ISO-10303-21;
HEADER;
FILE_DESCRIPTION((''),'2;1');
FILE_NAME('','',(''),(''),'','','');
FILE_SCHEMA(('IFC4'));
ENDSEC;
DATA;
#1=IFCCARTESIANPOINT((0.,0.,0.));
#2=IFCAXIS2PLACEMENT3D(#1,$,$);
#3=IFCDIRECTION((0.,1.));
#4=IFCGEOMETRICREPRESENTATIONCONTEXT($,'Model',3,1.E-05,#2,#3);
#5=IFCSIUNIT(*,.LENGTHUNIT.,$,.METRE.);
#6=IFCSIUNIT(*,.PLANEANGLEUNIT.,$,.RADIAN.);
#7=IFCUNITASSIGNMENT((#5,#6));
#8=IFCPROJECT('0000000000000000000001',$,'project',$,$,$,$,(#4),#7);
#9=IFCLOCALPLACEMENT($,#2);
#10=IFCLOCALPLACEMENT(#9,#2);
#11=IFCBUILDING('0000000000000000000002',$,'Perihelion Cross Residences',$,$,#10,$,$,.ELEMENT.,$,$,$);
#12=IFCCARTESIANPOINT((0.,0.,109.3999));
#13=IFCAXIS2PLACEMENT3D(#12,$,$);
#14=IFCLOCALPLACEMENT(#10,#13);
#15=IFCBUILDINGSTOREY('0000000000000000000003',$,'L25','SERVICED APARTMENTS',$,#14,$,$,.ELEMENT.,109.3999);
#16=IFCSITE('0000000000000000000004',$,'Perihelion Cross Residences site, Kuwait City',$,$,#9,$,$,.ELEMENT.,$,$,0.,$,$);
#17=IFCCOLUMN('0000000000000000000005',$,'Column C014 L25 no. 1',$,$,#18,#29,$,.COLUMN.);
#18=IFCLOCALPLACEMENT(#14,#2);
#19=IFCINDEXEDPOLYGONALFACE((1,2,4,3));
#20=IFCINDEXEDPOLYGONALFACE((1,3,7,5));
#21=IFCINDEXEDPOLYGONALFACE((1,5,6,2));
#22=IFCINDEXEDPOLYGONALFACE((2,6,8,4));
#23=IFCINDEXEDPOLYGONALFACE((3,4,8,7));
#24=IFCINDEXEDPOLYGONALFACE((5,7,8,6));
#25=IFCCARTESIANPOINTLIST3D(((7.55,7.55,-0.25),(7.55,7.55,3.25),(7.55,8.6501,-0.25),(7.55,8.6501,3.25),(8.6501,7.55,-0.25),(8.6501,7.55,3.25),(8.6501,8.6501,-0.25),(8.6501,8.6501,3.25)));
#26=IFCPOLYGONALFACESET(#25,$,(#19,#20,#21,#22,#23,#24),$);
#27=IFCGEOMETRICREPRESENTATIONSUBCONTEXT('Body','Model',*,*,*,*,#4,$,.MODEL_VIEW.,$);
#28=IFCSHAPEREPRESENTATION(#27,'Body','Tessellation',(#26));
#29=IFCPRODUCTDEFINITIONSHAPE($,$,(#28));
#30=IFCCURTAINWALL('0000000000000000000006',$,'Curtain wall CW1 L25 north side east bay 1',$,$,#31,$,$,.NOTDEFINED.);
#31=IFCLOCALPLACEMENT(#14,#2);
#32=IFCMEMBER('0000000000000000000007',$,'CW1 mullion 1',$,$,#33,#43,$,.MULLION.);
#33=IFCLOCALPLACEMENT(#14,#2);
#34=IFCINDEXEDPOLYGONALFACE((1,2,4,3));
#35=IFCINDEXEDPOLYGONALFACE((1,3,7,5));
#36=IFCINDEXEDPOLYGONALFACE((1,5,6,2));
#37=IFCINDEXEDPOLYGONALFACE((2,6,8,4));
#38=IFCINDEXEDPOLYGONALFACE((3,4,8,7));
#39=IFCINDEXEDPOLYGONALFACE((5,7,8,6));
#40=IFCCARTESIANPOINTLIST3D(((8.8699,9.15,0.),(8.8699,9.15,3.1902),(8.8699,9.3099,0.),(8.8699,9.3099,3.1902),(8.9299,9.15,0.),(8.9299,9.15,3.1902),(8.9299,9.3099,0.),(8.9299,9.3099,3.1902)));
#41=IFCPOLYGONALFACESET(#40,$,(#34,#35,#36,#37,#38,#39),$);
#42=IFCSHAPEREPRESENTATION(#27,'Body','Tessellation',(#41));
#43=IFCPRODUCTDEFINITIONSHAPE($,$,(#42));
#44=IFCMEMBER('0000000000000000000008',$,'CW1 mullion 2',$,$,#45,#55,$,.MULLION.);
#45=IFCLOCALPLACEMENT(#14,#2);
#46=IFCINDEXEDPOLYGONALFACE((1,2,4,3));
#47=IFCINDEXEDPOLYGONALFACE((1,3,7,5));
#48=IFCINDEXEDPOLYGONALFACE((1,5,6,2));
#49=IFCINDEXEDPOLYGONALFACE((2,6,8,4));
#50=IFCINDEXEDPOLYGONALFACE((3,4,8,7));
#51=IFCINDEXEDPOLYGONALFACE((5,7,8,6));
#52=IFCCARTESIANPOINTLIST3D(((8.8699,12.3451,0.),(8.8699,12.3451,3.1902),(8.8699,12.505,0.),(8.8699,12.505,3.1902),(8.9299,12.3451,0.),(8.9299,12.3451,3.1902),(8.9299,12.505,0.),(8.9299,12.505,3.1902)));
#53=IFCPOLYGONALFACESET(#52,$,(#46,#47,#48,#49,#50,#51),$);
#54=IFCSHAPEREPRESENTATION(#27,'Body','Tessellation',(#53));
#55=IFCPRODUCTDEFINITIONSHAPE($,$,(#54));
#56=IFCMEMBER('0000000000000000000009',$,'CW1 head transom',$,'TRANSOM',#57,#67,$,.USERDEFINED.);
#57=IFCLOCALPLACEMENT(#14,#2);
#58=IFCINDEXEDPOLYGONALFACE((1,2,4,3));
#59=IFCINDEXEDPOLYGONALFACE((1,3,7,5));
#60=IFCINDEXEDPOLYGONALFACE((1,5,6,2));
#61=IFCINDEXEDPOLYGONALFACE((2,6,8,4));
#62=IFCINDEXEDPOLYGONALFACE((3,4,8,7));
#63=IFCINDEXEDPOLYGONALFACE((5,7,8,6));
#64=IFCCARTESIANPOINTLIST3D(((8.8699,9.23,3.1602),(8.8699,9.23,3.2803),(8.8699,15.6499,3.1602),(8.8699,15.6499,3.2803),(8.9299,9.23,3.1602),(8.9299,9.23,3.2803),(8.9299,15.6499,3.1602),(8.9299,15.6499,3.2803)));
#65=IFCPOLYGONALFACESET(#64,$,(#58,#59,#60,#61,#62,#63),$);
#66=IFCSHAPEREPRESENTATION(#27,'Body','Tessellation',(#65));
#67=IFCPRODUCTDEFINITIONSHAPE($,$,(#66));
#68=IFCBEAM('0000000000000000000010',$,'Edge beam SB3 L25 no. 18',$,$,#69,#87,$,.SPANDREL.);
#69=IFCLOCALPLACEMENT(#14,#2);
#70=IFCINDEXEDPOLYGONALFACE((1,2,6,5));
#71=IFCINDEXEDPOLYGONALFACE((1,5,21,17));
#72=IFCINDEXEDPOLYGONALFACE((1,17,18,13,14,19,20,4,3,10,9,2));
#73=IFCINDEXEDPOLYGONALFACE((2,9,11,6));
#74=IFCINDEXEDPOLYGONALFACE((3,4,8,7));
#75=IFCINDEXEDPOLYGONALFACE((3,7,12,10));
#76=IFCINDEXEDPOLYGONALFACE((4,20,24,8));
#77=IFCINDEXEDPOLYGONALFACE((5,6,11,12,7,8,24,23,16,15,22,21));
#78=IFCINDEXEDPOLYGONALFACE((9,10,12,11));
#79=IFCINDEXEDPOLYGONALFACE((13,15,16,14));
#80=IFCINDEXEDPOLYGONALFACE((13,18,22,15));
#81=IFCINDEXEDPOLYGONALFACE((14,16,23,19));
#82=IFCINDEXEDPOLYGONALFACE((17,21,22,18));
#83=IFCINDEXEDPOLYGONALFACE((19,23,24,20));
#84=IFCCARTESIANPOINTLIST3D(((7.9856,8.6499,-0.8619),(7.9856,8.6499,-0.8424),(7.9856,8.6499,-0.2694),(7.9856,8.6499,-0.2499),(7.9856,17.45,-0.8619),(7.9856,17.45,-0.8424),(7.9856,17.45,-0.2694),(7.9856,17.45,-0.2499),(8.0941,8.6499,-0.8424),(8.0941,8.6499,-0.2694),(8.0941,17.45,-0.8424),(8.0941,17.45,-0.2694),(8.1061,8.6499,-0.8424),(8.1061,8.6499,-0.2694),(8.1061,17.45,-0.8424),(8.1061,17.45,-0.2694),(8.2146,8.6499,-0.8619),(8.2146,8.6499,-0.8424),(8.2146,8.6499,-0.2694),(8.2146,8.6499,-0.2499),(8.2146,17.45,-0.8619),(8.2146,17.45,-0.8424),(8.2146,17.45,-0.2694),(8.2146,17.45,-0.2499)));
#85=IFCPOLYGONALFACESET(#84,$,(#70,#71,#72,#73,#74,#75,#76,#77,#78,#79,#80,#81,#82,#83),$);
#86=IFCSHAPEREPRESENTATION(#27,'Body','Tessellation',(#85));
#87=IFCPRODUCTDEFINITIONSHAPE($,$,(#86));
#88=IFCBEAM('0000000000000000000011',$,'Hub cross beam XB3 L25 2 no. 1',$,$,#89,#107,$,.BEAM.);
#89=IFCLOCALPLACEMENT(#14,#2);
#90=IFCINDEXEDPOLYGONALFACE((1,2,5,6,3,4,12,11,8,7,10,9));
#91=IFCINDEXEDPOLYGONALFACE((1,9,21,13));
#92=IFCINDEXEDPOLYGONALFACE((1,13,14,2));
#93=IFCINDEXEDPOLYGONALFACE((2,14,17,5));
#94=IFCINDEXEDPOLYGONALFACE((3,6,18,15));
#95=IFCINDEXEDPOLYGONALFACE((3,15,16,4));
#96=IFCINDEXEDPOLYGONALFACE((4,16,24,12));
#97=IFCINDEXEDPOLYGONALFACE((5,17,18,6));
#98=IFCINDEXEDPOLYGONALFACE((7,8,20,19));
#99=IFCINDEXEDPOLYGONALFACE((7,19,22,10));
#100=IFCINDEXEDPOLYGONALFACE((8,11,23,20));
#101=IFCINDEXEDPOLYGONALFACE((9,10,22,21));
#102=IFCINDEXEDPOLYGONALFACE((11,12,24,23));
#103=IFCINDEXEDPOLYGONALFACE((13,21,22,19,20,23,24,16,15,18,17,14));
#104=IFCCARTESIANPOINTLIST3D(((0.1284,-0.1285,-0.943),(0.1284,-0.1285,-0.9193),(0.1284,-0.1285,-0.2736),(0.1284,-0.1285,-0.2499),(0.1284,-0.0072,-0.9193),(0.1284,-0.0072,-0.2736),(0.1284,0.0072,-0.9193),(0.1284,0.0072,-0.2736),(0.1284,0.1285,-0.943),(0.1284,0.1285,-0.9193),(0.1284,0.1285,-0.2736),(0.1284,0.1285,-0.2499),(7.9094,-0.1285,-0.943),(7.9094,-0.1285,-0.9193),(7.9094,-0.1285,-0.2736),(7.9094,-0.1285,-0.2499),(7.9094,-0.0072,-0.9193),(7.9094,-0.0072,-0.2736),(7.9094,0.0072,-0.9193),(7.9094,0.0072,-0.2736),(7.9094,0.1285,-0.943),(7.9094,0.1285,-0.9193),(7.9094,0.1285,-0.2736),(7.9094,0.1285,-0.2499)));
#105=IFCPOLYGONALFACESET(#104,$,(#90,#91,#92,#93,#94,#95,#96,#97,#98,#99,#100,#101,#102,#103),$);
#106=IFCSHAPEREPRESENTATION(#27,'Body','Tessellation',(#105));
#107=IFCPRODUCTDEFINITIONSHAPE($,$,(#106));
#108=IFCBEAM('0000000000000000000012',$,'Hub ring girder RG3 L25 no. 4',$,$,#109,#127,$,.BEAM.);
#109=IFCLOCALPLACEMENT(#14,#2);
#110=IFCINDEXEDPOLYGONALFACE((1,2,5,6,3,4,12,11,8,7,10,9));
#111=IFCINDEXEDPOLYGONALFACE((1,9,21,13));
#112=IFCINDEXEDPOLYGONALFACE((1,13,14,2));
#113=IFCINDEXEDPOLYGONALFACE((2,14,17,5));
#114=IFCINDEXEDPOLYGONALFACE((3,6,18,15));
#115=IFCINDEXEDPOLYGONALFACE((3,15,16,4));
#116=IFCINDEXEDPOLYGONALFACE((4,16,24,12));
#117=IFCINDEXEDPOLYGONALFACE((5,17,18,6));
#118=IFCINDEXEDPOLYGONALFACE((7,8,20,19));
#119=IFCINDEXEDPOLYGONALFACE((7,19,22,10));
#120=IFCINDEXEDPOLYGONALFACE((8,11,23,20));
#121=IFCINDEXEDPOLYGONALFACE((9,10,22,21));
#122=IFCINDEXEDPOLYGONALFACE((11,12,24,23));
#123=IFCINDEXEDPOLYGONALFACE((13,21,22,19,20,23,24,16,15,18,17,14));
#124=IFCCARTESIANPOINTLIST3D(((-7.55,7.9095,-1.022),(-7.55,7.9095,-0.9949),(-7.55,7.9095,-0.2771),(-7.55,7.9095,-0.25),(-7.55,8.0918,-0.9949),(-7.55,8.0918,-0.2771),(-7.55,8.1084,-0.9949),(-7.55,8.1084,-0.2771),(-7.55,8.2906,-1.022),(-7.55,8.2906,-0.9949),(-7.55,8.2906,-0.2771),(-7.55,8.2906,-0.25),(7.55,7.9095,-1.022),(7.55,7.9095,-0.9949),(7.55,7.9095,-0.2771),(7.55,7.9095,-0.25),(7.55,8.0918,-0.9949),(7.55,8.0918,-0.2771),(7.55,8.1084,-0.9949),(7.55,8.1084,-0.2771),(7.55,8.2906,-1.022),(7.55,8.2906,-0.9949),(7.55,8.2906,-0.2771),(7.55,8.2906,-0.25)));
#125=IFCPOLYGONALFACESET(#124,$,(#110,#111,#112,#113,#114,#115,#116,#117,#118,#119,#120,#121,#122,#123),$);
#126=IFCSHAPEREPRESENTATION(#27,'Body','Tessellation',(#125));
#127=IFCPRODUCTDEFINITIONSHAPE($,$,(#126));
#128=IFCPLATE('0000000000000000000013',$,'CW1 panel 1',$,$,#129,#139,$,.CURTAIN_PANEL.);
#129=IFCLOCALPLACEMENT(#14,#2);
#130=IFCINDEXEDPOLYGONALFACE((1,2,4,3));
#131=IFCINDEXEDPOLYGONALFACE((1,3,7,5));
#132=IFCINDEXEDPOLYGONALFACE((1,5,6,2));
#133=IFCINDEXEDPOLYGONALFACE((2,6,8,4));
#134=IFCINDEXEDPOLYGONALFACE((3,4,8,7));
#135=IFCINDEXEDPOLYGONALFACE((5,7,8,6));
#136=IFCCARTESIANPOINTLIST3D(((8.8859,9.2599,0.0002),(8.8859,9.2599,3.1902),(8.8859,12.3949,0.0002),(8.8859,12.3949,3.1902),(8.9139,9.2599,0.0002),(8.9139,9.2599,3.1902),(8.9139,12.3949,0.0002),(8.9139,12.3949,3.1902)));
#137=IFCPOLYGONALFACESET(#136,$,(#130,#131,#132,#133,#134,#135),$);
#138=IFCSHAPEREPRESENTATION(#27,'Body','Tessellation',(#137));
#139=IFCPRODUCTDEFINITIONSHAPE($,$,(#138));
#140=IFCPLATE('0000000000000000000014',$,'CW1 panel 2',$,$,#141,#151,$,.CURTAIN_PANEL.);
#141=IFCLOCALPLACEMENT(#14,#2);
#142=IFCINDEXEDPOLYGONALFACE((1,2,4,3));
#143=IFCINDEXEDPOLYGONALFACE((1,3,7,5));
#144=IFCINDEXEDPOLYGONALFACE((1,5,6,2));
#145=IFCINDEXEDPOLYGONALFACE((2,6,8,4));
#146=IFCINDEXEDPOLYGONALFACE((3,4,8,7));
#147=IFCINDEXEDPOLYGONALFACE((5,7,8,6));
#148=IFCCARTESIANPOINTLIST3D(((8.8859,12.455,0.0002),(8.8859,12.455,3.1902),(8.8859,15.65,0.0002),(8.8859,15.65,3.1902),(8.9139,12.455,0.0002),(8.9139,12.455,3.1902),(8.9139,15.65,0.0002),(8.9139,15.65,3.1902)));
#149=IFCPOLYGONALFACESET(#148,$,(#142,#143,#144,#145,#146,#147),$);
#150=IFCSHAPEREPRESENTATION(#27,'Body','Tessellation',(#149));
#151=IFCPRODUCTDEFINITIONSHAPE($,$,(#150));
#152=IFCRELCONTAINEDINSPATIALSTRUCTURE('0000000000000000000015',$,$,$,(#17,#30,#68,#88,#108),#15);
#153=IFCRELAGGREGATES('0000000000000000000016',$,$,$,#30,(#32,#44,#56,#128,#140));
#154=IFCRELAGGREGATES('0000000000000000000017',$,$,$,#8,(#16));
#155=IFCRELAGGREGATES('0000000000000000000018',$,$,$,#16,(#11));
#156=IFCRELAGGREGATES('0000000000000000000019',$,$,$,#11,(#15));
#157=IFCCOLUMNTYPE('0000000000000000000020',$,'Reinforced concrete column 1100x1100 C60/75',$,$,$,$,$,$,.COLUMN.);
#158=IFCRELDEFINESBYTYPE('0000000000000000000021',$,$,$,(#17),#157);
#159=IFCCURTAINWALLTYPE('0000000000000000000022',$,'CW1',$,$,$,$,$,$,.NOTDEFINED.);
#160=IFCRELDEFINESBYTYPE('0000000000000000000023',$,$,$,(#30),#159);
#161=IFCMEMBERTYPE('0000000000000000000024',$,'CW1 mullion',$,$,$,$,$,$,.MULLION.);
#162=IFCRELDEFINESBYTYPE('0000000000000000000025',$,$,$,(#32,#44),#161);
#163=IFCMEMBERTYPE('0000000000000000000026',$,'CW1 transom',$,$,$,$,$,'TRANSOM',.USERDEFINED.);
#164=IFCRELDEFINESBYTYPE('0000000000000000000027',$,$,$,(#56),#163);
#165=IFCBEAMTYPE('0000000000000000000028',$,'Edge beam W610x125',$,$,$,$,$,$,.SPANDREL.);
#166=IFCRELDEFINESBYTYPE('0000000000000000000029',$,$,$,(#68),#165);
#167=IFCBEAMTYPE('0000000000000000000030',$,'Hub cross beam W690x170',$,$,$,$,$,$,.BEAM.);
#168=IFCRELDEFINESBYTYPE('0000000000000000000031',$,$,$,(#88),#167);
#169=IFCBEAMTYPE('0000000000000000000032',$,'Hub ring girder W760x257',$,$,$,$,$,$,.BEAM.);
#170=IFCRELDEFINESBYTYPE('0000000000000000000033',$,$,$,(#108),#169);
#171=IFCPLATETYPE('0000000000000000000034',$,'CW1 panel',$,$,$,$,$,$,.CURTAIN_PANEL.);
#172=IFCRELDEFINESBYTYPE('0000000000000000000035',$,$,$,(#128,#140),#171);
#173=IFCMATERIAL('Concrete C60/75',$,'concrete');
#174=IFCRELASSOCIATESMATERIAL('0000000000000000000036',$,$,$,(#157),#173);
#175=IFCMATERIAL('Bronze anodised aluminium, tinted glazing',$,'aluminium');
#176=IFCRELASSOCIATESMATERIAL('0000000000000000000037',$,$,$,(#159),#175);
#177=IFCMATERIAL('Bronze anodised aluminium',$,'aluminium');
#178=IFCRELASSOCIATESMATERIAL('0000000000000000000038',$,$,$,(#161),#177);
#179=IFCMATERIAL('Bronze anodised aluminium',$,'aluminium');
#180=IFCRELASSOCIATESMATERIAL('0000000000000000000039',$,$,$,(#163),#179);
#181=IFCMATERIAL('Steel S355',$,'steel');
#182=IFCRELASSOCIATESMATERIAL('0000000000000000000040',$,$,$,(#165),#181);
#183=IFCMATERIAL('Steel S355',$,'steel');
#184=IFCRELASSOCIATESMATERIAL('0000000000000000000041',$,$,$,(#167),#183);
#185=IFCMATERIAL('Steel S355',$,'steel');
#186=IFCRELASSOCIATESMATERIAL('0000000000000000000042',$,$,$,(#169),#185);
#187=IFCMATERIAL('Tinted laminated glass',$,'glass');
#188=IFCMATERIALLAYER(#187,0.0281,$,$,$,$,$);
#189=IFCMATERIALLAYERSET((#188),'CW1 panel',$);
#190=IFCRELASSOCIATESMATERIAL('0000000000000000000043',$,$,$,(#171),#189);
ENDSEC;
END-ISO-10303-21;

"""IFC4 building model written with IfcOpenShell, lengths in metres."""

from ifc_helpers import new_model, si_unit, direction, frame, origin, origin_2d, place, context, subcontext, project, spatial, rectangle, i_section, extrude, material, layer, layer_set, material_profile, profile_set, type_object, element, aggregate, save


model = new_model("IFC4")

# Units and contexts
model_context = context("Model", 3, precision=1e-05, world=origin(), true_north=direction((0.0, 1.0)))
body_context = subcontext(model_context, "Body", "Model", "MODEL_VIEW")
ifc_project = project(units=[si_unit("LENGTHUNIT", "METRE"), si_unit("PLANEANGLEUNIT", "RADIAN")], contexts=[model_context])

# Site, building, storey
site_placement = place(None, origin())
site = spatial("IfcSite", under=ifc_project, at=site_placement, Name="Perihelion Cross Residences site, Kuwait City", CompositionType="ELEMENT", RefElevation=0.0)
building_placement = place(site_placement, origin())
building = spatial("IfcBuilding", under=site, at=building_placement, Name="Perihelion Cross Residences", CompositionType="ELEMENT")
storey_placement = place(building_placement, frame((0.0, 0.0, 109.3999)))
storey = spatial("IfcBuildingStorey", under=building, at=storey_placement, Name="L25", Description="SERVICED APARTMENTS", CompositionType="ELEMENT", Elevation=109.3999)

# Column
ifc_material_1 = material(Name="Concrete C60/75", Category="concrete")
ifc_material_profile_1 = material_profile(ifc_material_1, rectangle(XDim=1.1001, YDim=1.1001, at=origin_2d()), Name="RC 1100x1100")
ifc_profile_set_1 = profile_set([ifc_material_profile_1], Name="Concrete C60/75")
column_type = type_object("IfcColumnType", Name="Reinforced concrete column 1100x1100 C60/75", PredefinedType="COLUMN", material=ifc_profile_set_1)
column_placement = place(storey_placement, frame((8.1001, 8.1001, -0.25), z_axis=(0.0, 0.0, 1.0), x_axis=(1.0, 0.0, 0.0)))
element("IfcColumn", 1, at=column_placement, inside=storey, type_object=column_type, Name="Column C014 L25 no. 1", PredefinedType="COLUMN", context=body_context, shape_type="SweptSolid", body=[
    extrude(rectangle(XDim=1.1001, YDim=1.1001, at=origin_2d()), origin(), (0.0, 0.0, 1.0), 3.5),
])

# Curtain wall, members
ifc_material_2 = material(Name="Bronze anodised aluminium, tinted glazing", Category="aluminium")
curtain_wall_type = type_object("IfcCurtainWallType", Name="CW1", PredefinedType="NOTDEFINED", material=ifc_material_2)
curtain_wall_placement = place(storey_placement, origin())
curtain_wall = element("IfcCurtainWall", 2, at=curtain_wall_placement, inside=storey, type_object=curtain_wall_type, Name="Curtain wall CW1 L25 north side east bay 1", PredefinedType="NOTDEFINED")
ifc_material_3 = material(Name="Bronze anodised aluminium", Category="aluminium")
ifc_material_profile_2 = material_profile(ifc_material_3, rectangle(XDim=0.0601, YDim=0.1599, at=origin_2d()), Name="CW1 mullion")
ifc_profile_set_2 = profile_set([ifc_material_profile_2], Name="Bronze anodised aluminium")
member_type_1 = type_object("IfcMemberType", Name="CW1 mullion", PredefinedType="MULLION", material=ifc_profile_set_2)
member_1_placement = place(storey_placement, frame((8.8999, 9.23, 0.0), z_axis=(0.0, 0.0, 1.0), x_axis=(-1.0, 0.0, 0.0)))
member_1 = element("IfcMember", 3, at=member_1_placement, type_object=member_type_1, Name="CW1 mullion 1", PredefinedType="MULLION", context=body_context, shape_type="SweptSolid", body=[
    extrude(rectangle(XDim=0.0601, YDim=0.1599, at=origin_2d()), origin(), (0.0, 0.0, 1.0), 3.1902),
])
member_2_placement = place(storey_placement, frame((8.8999, 12.425, 0.0), z_axis=(0.0, 0.0, 1.0), x_axis=(-1.0, 0.0, 0.0)))
member_2 = element("IfcMember", 4, at=member_2_placement, type_object=member_type_1, Name="CW1 mullion 2", PredefinedType="MULLION", context=body_context, shape_type="SweptSolid", body=[
    extrude(rectangle(XDim=0.0601, YDim=0.1599, at=origin_2d()), origin(), (0.0, 0.0, 1.0), 3.1902),
])
ifc_material_4 = material(Name="Bronze anodised aluminium", Category="aluminium")
ifc_material_profile_3 = material_profile(ifc_material_4, rectangle(XDim=0.0601, YDim=0.1201, at=origin_2d()), Name="CW1 transom")
ifc_profile_set_3 = profile_set([ifc_material_profile_3], Name="Bronze anodised aluminium")
member_type_2 = type_object("IfcMemberType", Name="CW1 transom", ElementType="TRANSOM", PredefinedType="USERDEFINED", material=ifc_profile_set_3)
member_3_placement = place(storey_placement, frame((8.8999, 9.23, 3.2202), z_axis=(0.0, 1.0, 0.0), x_axis=(-1.0, 0.0, 0.0)))
member_3 = element("IfcMember", 5, at=member_3_placement, type_object=member_type_2, Name="CW1 head transom", ObjectType="TRANSOM", PredefinedType="USERDEFINED", context=body_context, shape_type="SweptSolid", body=[
    extrude(rectangle(XDim=0.0601, YDim=0.1201, at=origin_2d()), origin(), (0.0, 0.0, 1.0), 6.4199),
])

# Beams
ifc_material_5 = material(Name="Steel S355", Category="steel")
ifc_material_profile_4 = material_profile(ifc_material_5, i_section(OverallWidth=0.229, OverallDepth=0.6121, WebThickness=0.012, FlangeThickness=0.0195, at=origin_2d()), Name="W610x125")
ifc_profile_set_4 = profile_set([ifc_material_profile_4], Name="Steel S355")
beam_type_1 = type_object("IfcBeamType", Name="Edge beam W610x125", PredefinedType="SPANDREL", material=ifc_profile_set_4)
beam_1_placement = place(storey_placement, frame((8.1001, 8.6499, -0.5559), z_axis=(0.0, 1.0, 0.0), x_axis=(-1.0, 0.0, 0.0)))
element("IfcBeam", 6, at=beam_1_placement, inside=storey, type_object=beam_type_1, Name="Edge beam SB3 L25 no. 18", PredefinedType="SPANDREL", context=body_context, shape_type="SweptSolid", body=[
    extrude(i_section(OverallWidth=0.229, OverallDepth=0.6121, WebThickness=0.012, FlangeThickness=0.0195, at=origin_2d()), origin(), (0.0, 0.0, 1.0), 8.8),
])
ifc_material_6 = material(Name="Steel S355", Category="steel")
ifc_material_profile_5 = material_profile(ifc_material_6, i_section(OverallWidth=0.2571, OverallDepth=0.6931, WebThickness=0.0144, FlangeThickness=0.0237, at=origin_2d()), Name="W690x170")
ifc_profile_set_5 = profile_set([ifc_material_profile_5], Name="Steel S355")
beam_type_2 = type_object("IfcBeamType", Name="Hub cross beam W690x170", PredefinedType="BEAM", material=ifc_profile_set_5)
beam_2_placement = place(storey_placement, frame((0.1284, 0.0, -0.5964), z_axis=(1.0, 0.0, 0.0), x_axis=(0.0, 1.0, 0.0)))
element("IfcBeam", 7, at=beam_2_placement, inside=storey, type_object=beam_type_2, Name="Hub cross beam XB3 L25 2 no. 1", PredefinedType="BEAM", context=body_context, shape_type="SweptSolid", body=[
    extrude(i_section(OverallWidth=0.2571, OverallDepth=0.6931, WebThickness=0.0144, FlangeThickness=0.0237, at=origin_2d()), origin(), (0.0, 0.0, 1.0), 7.781),
])
ifc_material_7 = material(Name="Steel S355", Category="steel")
ifc_material_profile_6 = material_profile(ifc_material_7, i_section(OverallWidth=0.3811, OverallDepth=0.772, WebThickness=0.0166, FlangeThickness=0.0271, at=origin_2d()), Name="W760x257")
ifc_profile_set_6 = profile_set([ifc_material_profile_6], Name="Steel S355")
beam_type_3 = type_object("IfcBeamType", Name="Hub ring girder W760x257", PredefinedType="BEAM", material=ifc_profile_set_6)
beam_3_placement = place(storey_placement, frame((7.55, 8.1001, -0.636), z_axis=(-1.0, 0.0, 0.0), x_axis=(0.0, -1.0, 0.0)))
element("IfcBeam", 8, at=beam_3_placement, inside=storey, type_object=beam_type_3, Name="Hub ring girder RG3 L25 no. 4", PredefinedType="BEAM", context=body_context, shape_type="SweptSolid", body=[
    extrude(i_section(OverallWidth=0.3811, OverallDepth=0.772, WebThickness=0.0166, FlangeThickness=0.0271, at=origin_2d()), origin(), (0.0, 0.0, 1.0), 15.1001),
])

# Plates
ifc_material_8 = material(Name="Tinted laminated glass", Category="glass")
ifc_layer_1 = layer(ifc_material_8, 0.0281)
ifc_layer_set_1 = layer_set([ifc_layer_1], Name="CW1 panel")
plate_type = type_object("IfcPlateType", Name="CW1 panel", PredefinedType="CURTAIN_PANEL", material=ifc_layer_set_1)
plate_1_placement = place(storey_placement, frame((8.8999, 10.8274, 0.0002), z_axis=(0.0, 0.0, 1.0), x_axis=(0.0, 1.0, 0.0)))
plate_1 = element("IfcPlate", 9, at=plate_1_placement, type_object=plate_type, Name="CW1 panel 1", PredefinedType="CURTAIN_PANEL", context=body_context, shape_type="SweptSolid", body=[
    extrude(rectangle(XDim=3.135, YDim=0.0281, at=origin_2d()), origin(), (0.0, 0.0, 1.0), 3.1899),
])
plate_2_placement = place(storey_placement, frame((8.8999, 14.0525, 0.0002), z_axis=(0.0, 0.0, 1.0), x_axis=(0.0, 1.0, 0.0)))
plate_2 = element("IfcPlate", 10, at=plate_2_placement, type_object=plate_type, Name="CW1 panel 2", PredefinedType="CURTAIN_PANEL", context=body_context, shape_type="SweptSolid", body=[
    extrude(rectangle(XDim=3.1951, YDim=0.0281, at=origin_2d()), origin(), (0.0, 0.0, 1.0), 3.1899),
])
aggregate(curtain_wall, [member_1, member_2, member_3, plate_1, plate_2])

save(model, "model.ifc")
